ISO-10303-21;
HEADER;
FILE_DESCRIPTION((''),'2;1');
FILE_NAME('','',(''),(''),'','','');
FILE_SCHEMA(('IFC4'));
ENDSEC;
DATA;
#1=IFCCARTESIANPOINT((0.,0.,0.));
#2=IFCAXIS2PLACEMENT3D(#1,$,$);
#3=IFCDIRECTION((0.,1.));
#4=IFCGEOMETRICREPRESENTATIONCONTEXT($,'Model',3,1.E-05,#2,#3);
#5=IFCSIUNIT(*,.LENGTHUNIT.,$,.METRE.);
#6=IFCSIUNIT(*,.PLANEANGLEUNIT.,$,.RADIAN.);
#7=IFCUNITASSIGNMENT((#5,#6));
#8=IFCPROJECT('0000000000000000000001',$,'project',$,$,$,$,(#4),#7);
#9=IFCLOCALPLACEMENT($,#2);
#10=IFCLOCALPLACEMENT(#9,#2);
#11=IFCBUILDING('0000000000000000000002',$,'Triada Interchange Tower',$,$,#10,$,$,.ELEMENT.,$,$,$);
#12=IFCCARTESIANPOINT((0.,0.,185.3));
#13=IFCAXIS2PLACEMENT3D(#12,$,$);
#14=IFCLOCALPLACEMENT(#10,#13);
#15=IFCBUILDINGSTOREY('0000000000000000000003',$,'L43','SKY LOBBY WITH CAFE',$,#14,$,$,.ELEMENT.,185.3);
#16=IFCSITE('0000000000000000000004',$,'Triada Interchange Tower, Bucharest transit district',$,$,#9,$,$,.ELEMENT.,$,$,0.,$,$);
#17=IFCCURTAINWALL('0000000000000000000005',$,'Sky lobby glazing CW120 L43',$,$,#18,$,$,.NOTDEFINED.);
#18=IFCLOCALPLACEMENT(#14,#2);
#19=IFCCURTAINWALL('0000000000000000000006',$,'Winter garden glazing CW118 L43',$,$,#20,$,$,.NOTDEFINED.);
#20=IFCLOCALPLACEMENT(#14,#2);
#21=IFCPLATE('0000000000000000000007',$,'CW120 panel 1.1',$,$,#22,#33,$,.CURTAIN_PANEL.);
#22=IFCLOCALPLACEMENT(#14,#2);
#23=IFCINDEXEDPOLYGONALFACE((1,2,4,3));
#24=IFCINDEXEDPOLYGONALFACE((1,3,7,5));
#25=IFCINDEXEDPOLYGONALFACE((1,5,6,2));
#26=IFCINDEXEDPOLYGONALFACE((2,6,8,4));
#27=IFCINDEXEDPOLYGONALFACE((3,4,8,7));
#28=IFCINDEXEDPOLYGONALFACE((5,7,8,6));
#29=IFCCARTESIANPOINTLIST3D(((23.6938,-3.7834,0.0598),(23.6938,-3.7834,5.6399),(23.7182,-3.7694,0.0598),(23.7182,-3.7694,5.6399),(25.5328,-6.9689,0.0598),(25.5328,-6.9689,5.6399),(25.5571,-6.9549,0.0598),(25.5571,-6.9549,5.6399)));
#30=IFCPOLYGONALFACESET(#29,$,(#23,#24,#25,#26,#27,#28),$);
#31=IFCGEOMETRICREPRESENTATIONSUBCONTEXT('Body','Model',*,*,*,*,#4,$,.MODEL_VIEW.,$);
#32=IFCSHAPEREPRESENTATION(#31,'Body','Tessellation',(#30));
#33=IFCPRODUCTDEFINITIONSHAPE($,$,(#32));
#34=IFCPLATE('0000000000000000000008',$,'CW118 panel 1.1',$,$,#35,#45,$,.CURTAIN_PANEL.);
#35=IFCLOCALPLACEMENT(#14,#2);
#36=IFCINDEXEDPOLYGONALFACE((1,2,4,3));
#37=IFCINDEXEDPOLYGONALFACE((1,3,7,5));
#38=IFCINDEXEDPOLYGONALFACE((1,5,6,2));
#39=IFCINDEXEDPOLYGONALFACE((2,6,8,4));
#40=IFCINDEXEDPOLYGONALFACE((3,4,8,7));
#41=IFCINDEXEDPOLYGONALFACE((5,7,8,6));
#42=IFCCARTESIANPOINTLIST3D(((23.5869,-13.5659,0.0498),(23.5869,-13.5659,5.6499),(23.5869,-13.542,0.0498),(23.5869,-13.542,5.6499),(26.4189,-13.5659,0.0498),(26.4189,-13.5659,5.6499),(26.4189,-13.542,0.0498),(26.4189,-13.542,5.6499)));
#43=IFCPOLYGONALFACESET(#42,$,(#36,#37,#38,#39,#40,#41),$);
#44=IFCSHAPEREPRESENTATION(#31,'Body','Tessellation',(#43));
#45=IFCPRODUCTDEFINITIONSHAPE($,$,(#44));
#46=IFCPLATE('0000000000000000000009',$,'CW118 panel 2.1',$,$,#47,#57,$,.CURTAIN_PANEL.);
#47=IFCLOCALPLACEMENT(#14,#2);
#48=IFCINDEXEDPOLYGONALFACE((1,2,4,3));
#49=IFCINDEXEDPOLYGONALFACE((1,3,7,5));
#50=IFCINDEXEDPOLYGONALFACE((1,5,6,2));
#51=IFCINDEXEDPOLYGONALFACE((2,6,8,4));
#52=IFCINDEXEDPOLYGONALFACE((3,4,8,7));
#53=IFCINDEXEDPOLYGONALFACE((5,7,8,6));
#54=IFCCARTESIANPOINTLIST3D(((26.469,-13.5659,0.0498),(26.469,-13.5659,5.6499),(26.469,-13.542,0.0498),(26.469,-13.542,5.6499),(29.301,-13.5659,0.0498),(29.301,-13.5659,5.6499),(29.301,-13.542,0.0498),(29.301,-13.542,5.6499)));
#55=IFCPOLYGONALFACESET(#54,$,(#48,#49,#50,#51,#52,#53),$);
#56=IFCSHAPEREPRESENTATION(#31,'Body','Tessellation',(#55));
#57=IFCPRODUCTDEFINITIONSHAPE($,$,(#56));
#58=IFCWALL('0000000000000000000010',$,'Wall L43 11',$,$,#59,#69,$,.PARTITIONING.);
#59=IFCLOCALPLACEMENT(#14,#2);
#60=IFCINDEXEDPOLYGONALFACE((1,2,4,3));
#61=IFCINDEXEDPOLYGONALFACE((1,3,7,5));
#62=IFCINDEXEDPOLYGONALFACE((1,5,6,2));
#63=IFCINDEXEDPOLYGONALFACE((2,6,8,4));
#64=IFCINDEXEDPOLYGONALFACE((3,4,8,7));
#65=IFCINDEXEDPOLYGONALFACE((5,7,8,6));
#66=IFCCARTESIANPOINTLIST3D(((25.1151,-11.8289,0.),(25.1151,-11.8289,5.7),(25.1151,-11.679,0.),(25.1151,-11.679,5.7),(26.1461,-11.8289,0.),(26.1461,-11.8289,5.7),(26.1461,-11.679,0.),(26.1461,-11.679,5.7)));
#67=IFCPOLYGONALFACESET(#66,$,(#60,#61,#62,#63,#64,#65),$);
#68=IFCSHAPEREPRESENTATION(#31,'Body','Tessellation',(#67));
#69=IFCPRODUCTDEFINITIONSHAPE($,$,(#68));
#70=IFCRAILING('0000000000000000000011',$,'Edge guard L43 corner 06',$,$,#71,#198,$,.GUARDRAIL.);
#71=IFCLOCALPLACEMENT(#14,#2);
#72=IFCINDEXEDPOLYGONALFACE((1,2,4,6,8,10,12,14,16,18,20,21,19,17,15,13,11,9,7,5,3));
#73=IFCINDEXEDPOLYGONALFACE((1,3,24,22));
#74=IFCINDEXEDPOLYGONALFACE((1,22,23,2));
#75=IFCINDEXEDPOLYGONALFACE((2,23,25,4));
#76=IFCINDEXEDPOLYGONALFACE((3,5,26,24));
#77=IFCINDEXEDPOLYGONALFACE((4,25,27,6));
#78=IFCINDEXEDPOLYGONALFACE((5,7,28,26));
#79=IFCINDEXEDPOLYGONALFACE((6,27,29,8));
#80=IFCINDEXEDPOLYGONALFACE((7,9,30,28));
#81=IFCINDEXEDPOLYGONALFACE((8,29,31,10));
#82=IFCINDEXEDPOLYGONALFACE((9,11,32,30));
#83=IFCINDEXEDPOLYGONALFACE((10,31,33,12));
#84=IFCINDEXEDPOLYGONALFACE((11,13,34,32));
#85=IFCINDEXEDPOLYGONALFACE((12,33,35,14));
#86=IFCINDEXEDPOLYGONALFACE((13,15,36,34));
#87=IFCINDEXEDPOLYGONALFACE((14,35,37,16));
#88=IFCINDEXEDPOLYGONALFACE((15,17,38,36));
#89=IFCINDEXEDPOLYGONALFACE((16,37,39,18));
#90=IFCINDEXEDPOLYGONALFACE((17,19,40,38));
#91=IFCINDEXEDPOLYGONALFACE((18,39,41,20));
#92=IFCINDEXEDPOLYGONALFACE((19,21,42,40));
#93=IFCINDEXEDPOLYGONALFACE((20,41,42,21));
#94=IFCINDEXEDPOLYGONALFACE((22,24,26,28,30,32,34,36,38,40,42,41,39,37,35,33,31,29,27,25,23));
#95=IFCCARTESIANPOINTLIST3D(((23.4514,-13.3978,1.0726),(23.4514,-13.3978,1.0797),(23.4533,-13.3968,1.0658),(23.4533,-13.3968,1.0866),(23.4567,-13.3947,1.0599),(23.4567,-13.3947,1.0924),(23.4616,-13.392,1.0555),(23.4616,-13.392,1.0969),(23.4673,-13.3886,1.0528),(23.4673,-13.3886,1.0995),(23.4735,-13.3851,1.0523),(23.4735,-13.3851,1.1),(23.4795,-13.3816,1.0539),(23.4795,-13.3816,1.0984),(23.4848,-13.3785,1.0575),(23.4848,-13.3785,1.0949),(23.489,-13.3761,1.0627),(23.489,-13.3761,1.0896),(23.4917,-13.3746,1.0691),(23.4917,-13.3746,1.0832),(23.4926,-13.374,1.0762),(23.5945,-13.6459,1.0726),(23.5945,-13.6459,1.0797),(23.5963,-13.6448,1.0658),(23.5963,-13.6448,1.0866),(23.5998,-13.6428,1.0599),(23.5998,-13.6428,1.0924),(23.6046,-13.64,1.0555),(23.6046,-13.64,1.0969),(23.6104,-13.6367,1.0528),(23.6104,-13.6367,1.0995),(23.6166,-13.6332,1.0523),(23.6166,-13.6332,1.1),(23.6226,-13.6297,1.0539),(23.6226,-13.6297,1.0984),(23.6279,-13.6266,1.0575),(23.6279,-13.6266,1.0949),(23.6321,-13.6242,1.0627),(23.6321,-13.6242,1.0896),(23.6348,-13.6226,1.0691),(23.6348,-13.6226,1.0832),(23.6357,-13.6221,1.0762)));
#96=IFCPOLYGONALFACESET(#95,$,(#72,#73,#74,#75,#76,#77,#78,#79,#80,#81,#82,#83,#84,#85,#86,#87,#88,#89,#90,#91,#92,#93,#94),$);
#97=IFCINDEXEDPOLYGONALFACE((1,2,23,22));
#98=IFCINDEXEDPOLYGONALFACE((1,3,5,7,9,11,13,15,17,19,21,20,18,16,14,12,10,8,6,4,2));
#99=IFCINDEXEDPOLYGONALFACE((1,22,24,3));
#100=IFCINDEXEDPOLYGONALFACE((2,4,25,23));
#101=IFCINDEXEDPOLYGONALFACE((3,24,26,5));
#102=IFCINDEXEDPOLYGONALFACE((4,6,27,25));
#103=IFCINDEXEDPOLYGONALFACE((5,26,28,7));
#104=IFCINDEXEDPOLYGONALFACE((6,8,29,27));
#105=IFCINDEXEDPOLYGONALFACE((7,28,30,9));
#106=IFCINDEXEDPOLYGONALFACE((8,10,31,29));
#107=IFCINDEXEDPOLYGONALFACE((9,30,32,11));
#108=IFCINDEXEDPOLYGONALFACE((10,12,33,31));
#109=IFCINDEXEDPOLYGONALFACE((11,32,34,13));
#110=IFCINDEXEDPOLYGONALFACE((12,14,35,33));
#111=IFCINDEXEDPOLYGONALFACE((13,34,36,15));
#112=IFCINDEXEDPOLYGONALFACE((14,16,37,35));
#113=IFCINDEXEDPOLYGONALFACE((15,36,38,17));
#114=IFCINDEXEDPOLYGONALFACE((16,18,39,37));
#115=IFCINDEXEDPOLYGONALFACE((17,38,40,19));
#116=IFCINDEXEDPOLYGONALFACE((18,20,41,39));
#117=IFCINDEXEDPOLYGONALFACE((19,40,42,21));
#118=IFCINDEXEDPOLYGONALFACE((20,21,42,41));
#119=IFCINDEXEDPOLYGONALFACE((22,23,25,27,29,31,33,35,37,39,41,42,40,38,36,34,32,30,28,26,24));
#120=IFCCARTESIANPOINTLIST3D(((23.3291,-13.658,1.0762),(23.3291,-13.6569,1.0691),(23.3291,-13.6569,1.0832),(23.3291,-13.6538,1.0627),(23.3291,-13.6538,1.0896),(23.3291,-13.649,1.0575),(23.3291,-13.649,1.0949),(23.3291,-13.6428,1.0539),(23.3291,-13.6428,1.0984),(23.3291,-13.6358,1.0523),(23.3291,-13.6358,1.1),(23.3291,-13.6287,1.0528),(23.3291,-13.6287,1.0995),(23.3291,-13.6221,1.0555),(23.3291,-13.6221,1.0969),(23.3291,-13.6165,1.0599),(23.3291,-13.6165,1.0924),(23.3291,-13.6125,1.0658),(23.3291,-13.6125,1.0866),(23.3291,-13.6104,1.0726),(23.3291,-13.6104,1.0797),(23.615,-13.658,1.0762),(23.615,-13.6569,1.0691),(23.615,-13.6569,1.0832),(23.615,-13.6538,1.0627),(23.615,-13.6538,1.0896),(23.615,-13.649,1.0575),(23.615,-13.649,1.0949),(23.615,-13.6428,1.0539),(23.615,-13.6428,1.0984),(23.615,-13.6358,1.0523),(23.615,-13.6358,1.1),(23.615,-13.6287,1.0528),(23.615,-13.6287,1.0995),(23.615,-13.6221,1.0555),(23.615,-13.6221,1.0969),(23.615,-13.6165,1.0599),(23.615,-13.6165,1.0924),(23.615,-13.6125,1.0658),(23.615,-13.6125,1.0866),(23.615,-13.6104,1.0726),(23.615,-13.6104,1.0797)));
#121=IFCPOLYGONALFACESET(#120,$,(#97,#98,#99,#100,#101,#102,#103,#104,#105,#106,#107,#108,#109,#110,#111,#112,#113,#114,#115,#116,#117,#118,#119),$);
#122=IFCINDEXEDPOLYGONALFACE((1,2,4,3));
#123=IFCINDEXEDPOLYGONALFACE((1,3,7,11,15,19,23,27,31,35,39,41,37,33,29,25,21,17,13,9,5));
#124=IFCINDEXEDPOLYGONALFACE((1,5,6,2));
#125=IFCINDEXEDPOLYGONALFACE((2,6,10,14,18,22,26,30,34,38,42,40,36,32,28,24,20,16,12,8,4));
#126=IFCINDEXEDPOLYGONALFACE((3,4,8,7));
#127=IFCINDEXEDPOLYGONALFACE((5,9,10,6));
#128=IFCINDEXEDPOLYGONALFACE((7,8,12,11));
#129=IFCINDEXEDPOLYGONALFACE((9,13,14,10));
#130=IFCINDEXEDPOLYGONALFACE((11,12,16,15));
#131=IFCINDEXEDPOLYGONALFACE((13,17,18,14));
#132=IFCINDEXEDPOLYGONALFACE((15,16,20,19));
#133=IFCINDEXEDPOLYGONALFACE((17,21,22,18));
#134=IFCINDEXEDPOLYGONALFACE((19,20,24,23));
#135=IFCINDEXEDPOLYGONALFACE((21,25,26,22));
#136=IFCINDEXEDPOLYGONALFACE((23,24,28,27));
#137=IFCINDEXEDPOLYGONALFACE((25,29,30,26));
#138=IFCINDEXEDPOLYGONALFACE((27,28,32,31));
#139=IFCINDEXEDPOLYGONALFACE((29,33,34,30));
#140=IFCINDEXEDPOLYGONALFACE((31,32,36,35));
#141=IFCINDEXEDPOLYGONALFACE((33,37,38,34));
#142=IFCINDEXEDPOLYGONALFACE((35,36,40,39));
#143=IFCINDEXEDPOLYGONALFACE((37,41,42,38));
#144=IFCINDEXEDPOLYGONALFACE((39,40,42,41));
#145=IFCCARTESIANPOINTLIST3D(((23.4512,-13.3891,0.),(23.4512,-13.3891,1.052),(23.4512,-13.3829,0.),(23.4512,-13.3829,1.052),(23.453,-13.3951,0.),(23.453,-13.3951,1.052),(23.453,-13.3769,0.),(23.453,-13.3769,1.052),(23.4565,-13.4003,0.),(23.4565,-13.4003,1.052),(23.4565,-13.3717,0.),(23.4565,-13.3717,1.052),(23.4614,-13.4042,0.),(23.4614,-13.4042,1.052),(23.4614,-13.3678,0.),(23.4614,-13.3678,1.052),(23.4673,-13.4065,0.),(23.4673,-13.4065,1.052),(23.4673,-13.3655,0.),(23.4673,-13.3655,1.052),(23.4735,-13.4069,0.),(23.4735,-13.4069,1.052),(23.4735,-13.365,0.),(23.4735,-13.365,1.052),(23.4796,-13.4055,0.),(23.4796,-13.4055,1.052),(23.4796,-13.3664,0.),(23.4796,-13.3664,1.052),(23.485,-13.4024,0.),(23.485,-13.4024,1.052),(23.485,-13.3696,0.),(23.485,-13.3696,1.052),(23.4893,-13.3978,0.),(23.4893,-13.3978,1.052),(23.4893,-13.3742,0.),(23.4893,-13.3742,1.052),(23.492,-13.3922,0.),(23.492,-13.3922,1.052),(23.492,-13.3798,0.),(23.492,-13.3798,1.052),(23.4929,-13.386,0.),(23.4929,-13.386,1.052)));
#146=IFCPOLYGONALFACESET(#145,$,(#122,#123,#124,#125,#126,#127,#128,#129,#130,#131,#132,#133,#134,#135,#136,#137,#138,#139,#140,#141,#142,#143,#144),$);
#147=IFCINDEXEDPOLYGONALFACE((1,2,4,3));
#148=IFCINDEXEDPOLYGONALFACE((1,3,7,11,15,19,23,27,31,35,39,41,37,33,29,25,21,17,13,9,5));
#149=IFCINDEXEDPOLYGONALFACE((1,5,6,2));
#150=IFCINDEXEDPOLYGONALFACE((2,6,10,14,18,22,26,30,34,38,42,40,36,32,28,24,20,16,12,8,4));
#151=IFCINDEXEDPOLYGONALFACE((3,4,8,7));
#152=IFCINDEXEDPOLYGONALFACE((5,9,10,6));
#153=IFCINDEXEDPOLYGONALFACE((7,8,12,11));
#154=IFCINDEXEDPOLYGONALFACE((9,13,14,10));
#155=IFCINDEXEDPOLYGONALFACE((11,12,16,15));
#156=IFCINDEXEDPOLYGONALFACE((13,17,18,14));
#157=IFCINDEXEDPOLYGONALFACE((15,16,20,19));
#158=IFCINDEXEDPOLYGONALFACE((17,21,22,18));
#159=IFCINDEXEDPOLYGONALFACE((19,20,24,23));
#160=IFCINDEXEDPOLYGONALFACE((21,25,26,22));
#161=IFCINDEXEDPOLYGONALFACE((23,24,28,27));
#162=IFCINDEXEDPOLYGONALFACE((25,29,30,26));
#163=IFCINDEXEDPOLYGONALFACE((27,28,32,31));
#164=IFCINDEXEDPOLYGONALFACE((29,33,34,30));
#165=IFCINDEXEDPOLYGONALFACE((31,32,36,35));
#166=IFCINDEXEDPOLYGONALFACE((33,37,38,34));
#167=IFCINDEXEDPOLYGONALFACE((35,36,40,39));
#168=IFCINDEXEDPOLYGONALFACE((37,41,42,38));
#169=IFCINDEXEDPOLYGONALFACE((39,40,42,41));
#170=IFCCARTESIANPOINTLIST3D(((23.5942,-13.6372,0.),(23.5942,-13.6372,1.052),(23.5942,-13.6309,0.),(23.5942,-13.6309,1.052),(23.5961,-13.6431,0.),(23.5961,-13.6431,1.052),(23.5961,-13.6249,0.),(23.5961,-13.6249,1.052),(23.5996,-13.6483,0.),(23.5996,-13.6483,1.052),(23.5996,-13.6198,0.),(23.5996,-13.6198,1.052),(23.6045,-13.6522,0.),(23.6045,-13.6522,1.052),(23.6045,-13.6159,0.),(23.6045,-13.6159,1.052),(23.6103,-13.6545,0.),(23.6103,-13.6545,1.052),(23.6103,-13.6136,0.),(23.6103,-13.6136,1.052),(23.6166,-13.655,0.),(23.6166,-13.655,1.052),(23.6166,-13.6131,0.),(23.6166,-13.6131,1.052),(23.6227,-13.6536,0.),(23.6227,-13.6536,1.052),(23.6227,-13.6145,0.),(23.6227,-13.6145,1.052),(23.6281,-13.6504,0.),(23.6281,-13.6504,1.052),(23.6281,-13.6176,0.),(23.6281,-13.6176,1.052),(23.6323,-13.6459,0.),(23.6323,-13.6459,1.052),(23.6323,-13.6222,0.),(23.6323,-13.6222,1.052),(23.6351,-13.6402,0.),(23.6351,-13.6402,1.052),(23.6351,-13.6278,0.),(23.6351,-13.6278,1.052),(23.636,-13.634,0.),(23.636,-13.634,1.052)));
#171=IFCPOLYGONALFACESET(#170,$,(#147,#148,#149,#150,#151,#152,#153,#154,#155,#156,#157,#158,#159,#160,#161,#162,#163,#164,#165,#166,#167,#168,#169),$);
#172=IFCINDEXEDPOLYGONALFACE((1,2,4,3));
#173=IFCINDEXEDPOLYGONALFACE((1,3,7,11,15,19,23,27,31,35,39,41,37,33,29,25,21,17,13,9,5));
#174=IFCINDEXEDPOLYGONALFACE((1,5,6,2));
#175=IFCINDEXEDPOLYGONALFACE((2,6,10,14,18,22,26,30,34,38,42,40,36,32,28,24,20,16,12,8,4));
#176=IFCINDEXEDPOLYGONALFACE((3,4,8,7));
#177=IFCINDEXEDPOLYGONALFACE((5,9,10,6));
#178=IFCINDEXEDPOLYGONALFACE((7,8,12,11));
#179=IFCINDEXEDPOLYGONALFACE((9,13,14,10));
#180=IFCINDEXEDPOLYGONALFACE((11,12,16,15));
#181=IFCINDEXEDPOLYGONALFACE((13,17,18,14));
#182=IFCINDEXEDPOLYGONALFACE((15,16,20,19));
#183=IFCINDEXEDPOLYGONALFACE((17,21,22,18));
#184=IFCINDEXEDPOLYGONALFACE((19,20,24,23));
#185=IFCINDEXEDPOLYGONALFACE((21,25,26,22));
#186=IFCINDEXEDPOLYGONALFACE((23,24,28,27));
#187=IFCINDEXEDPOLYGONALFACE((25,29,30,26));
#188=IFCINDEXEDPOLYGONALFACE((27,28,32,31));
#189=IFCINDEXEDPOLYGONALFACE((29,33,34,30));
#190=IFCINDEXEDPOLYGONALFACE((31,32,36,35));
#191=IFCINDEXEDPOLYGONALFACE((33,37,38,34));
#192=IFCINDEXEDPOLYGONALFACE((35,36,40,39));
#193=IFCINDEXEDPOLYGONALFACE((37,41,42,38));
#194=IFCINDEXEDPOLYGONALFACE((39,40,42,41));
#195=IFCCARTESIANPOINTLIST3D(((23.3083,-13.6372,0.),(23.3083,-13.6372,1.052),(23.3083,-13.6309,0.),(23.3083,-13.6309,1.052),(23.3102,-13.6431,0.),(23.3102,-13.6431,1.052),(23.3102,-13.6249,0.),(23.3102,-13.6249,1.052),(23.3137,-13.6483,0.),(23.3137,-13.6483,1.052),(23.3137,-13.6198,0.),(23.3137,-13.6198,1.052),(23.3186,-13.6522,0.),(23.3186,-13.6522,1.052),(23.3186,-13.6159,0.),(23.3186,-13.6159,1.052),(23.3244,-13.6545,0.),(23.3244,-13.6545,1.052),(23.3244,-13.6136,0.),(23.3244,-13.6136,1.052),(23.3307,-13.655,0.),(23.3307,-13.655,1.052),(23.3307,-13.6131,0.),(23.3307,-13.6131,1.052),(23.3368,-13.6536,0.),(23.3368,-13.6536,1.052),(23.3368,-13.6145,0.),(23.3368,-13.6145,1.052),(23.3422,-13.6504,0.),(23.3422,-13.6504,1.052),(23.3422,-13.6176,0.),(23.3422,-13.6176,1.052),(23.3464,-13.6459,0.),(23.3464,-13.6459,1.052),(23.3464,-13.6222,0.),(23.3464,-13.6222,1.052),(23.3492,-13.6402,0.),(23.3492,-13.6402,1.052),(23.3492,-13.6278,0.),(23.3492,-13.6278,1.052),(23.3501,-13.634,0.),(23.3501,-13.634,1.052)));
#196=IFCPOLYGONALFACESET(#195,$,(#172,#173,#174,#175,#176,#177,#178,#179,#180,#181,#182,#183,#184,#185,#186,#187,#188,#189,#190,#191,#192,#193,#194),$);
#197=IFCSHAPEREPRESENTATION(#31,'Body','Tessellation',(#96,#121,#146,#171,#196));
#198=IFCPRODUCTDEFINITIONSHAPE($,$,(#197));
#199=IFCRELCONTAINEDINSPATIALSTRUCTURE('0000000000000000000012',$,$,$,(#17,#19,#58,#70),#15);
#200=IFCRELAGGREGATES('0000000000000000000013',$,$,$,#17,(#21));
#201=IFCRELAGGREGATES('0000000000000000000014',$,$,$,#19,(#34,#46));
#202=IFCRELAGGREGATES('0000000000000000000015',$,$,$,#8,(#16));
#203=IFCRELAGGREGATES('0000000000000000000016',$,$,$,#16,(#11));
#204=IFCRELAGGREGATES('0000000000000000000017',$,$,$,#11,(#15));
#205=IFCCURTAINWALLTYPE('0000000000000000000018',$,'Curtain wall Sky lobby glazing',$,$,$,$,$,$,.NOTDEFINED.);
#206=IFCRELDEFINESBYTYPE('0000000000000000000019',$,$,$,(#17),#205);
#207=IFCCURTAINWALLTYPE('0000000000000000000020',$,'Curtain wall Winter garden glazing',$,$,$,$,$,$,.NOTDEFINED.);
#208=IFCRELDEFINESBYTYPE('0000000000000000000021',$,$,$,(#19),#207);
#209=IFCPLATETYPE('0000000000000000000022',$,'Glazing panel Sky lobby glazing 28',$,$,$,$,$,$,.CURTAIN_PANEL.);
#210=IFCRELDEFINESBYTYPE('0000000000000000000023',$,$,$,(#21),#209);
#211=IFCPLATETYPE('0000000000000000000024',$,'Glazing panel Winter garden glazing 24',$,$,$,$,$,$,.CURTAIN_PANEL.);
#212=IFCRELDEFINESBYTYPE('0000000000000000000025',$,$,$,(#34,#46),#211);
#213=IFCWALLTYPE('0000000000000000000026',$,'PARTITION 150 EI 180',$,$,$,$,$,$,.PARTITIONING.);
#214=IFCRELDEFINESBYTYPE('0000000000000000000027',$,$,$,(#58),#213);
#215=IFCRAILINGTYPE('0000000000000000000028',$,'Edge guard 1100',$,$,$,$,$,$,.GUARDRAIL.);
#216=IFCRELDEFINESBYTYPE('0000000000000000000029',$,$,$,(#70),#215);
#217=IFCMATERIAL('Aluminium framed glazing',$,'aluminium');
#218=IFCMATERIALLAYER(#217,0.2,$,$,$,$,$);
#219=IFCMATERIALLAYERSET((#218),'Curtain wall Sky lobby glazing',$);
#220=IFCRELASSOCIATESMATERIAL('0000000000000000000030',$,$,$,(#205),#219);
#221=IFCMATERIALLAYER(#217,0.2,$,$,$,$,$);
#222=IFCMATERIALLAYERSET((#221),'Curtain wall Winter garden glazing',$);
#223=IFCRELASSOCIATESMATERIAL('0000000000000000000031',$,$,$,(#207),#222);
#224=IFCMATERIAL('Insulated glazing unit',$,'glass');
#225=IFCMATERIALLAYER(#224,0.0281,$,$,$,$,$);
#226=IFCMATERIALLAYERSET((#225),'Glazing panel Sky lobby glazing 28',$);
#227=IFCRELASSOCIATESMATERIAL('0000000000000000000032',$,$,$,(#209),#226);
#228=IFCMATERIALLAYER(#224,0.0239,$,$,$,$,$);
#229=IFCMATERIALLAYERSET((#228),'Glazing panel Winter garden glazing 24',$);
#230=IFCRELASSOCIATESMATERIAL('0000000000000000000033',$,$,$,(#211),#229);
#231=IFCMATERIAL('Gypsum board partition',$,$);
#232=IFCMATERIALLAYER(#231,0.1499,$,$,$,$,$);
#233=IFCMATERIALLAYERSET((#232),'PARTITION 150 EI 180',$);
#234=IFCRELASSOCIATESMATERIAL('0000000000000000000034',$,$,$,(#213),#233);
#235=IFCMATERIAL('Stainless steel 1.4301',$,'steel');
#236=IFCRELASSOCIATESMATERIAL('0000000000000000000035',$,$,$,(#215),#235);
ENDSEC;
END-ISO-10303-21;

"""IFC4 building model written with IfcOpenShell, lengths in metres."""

from ifc_helpers import new_model, si_unit, direction, frame, frame_2d, origin, origin_2d, place, context, subcontext, project, spatial, rectangle, circle, extrude, material, layer, layer_set, type_object, element, aggregate, save


model = new_model("IFC4")

# Units and contexts
model_context = context("Model", 3, precision=1e-05, world=origin(), true_north=direction((0.0, 1.0)))
body_context = subcontext(model_context, "Body", "Model", "MODEL_VIEW")
ifc_project = project(units=[si_unit("LENGTHUNIT", "METRE"), si_unit("PLANEANGLEUNIT", "RADIAN")], contexts=[model_context])

# Site, building, storey
site_placement = place(None, origin())
site = spatial("IfcSite", under=ifc_project, at=site_placement, Name="Triada Interchange Tower, Bucharest transit district", CompositionType="ELEMENT", RefElevation=0.0)
building_placement = place(site_placement, origin())
building = spatial("IfcBuilding", under=site, at=building_placement, Name="Triada Interchange Tower", CompositionType="ELEMENT")
storey_placement = place(building_placement, frame((0.0, 0.0, 185.3)))
storey = spatial("IfcBuildingStorey", under=building, at=storey_placement, Name="L43", Description="SKY LOBBY WITH CAFE", CompositionType="ELEMENT", Elevation=185.3)

# Curtain walls
ifc_material_1 = material(Name="Aluminium framed glazing", Category="aluminium")
ifc_layer_1 = layer(ifc_material_1, 0.2)
ifc_layer_set_1 = layer_set([ifc_layer_1], Name="Curtain wall Sky lobby glazing")
curtain_wall_type_1 = type_object("IfcCurtainWallType", Name="Curtain wall Sky lobby glazing", PredefinedType="NOTDEFINED", material=ifc_layer_set_1)
curtain_wall_1_placement = place(storey_placement, origin())
curtain_wall_1 = element("IfcCurtainWall", 1, at=curtain_wall_1_placement, inside=storey, type_object=curtain_wall_type_1, Name="Sky lobby glazing CW120 L43", PredefinedType="NOTDEFINED")
ifc_layer_2 = layer(ifc_material_1, 0.2)
ifc_layer_set_2 = layer_set([ifc_layer_2], Name="Curtain wall Winter garden glazing")
curtain_wall_type_2 = type_object("IfcCurtainWallType", Name="Curtain wall Winter garden glazing", PredefinedType="NOTDEFINED", material=ifc_layer_set_2)
curtain_wall_2_placement = place(storey_placement, origin())
curtain_wall_2 = element("IfcCurtainWall", 2, at=curtain_wall_2_placement, inside=storey, type_object=curtain_wall_type_2, Name="Winter garden glazing CW118 L43", PredefinedType="NOTDEFINED")

# Plates
ifc_material_2 = material(Name="Insulated glazing unit", Category="glass")
ifc_layer_3 = layer(ifc_material_2, 0.0281)
ifc_layer_set_3 = layer_set([ifc_layer_3], Name="Glazing panel Sky lobby glazing 28")
plate_type_1 = type_object("IfcPlateType", Name="Glazing panel Sky lobby glazing 28", PredefinedType="CURTAIN_PANEL", material=ifc_layer_set_3)
plate_1_placement = place(storey_placement, frame((24.6255, -5.3691, 0.0598), z_axis=(0.0, 0.0, 1.0), x_axis=(-0.499964, 0.866046, 0.0)))
plate_1 = element("IfcPlate", 3, at=plate_1_placement, type_object=plate_type_1, Name="CW120 panel 1.1", PredefinedType="CURTAIN_PANEL", context=body_context, shape_type="SweptSolid", body=[
    extrude(rectangle(XDim=3.6782, YDim=0.0281, at=origin_2d()), origin(), (0.0, 0.0, 1.0), 5.5801),
])
aggregate(curtain_wall_1, [plate_1])
ifc_layer_4 = layer(ifc_material_2, 0.0239)
ifc_layer_set_4 = layer_set([ifc_layer_4], Name="Glazing panel Winter garden glazing 24")
plate_type_2 = type_object("IfcPlateType", Name="Glazing panel Winter garden glazing 24", PredefinedType="CURTAIN_PANEL", material=ifc_layer_set_4)
plate_2_placement = place(storey_placement, frame((25.0029, -13.554, 0.0498), z_axis=(0.0, 0.0, 1.0), x_axis=(1.0, 0.0, 0.0)))
plate_2 = element("IfcPlate", 4, at=plate_2_placement, type_object=plate_type_2, Name="CW118 panel 1.1", PredefinedType="CURTAIN_PANEL", context=body_context, shape_type="SweptSolid", body=[
    extrude(rectangle(XDim=2.832, YDim=0.0239, at=origin_2d()), origin(), (0.0, 0.0, 1.0), 5.6001),
])
plate_3_placement = place(storey_placement, frame((27.885, -13.554, 0.0498), z_axis=(0.0, 0.0, 1.0), x_axis=(1.0, 0.0, 0.0)))
plate_3 = element("IfcPlate", 5, at=plate_3_placement, type_object=plate_type_2, Name="CW118 panel 2.1", PredefinedType="CURTAIN_PANEL", context=body_context, shape_type="SweptSolid", body=[
    extrude(rectangle(XDim=2.832, YDim=0.0239, at=origin_2d()), origin(), (0.0, 0.0, 1.0), 5.6001),
])
aggregate(curtain_wall_2, [plate_2, plate_3])

# Wall
ifc_material_3 = material(Name="Gypsum board partition")
ifc_layer_5 = layer(ifc_material_3, 0.1499)
ifc_layer_set_5 = layer_set([ifc_layer_5], Name="PARTITION 150 EI 180")
wall_type = type_object("IfcWallType", Name="PARTITION 150 EI 180", PredefinedType="PARTITIONING", material=ifc_layer_set_5)
wall_placement = place(storey_placement, frame((25.115, -11.7539, 0.0), z_axis=(0.0, 0.0, 1.0), x_axis=(1.0, 0.0, 0.0)))
element("IfcWall", 6, at=wall_placement, inside=storey, type_object=wall_type, Name="Wall L43 11", PredefinedType="PARTITIONING", context=body_context, shape_type="SweptSolid", body=[
    extrude(rectangle(XDim=1.031, YDim=0.1499, at=frame_2d((0.5156, 0.0))), origin(), (0.0, 0.0, 1.0), 5.7),
])

# Railing
ifc_material_4 = material(Name="Stainless steel 1.4301", Category="steel")
railing_type = type_object("IfcRailingType", Name="Edge guard 1100", PredefinedType="GUARDRAIL", material=ifc_material_4)
railing_placement = place(storey_placement, frame((23.4719, -13.386, 0.0)))
element("IfcRailing", 7, at=railing_placement, inside=storey, type_object=railing_type, Name="Edge guard L43 corner 06", PredefinedType="GUARDRAIL", context=body_context, shape_type="SweptSolid", body=[
    extrude(circle(Radius=0.0239, at=origin_2d()), frame((0.0, 0.0, 1.0762), z_axis=(0.499624, -0.866242, 0.0), x_axis=(0.866242, 0.499624, 0.0)), (0.0, 0.0, 1.0), 0.2864),
    extrude(circle(Radius=0.0239, at=origin_2d()), frame((0.1431, -0.248, 1.0762), z_axis=(-1.0, 0.0, 0.0), x_axis=(0.0, -1.0, 0.0)), (0.0, 0.0, 1.0), 0.2859),
    extrude(circle(Radius=0.021, at=origin_2d()), origin(), (0.0, 0.0, 1.0), 1.052),
    extrude(circle(Radius=0.021, at=origin_2d()), frame((0.1431, -0.248, 0.0)), (0.0, 0.0, 1.0), 1.052),
    extrude(circle(Radius=0.021, at=origin_2d()), frame((-0.1428, -0.248, 0.0)), (0.0, 0.0, 1.0), 1.052),
])

save(model, "model.ifc")
